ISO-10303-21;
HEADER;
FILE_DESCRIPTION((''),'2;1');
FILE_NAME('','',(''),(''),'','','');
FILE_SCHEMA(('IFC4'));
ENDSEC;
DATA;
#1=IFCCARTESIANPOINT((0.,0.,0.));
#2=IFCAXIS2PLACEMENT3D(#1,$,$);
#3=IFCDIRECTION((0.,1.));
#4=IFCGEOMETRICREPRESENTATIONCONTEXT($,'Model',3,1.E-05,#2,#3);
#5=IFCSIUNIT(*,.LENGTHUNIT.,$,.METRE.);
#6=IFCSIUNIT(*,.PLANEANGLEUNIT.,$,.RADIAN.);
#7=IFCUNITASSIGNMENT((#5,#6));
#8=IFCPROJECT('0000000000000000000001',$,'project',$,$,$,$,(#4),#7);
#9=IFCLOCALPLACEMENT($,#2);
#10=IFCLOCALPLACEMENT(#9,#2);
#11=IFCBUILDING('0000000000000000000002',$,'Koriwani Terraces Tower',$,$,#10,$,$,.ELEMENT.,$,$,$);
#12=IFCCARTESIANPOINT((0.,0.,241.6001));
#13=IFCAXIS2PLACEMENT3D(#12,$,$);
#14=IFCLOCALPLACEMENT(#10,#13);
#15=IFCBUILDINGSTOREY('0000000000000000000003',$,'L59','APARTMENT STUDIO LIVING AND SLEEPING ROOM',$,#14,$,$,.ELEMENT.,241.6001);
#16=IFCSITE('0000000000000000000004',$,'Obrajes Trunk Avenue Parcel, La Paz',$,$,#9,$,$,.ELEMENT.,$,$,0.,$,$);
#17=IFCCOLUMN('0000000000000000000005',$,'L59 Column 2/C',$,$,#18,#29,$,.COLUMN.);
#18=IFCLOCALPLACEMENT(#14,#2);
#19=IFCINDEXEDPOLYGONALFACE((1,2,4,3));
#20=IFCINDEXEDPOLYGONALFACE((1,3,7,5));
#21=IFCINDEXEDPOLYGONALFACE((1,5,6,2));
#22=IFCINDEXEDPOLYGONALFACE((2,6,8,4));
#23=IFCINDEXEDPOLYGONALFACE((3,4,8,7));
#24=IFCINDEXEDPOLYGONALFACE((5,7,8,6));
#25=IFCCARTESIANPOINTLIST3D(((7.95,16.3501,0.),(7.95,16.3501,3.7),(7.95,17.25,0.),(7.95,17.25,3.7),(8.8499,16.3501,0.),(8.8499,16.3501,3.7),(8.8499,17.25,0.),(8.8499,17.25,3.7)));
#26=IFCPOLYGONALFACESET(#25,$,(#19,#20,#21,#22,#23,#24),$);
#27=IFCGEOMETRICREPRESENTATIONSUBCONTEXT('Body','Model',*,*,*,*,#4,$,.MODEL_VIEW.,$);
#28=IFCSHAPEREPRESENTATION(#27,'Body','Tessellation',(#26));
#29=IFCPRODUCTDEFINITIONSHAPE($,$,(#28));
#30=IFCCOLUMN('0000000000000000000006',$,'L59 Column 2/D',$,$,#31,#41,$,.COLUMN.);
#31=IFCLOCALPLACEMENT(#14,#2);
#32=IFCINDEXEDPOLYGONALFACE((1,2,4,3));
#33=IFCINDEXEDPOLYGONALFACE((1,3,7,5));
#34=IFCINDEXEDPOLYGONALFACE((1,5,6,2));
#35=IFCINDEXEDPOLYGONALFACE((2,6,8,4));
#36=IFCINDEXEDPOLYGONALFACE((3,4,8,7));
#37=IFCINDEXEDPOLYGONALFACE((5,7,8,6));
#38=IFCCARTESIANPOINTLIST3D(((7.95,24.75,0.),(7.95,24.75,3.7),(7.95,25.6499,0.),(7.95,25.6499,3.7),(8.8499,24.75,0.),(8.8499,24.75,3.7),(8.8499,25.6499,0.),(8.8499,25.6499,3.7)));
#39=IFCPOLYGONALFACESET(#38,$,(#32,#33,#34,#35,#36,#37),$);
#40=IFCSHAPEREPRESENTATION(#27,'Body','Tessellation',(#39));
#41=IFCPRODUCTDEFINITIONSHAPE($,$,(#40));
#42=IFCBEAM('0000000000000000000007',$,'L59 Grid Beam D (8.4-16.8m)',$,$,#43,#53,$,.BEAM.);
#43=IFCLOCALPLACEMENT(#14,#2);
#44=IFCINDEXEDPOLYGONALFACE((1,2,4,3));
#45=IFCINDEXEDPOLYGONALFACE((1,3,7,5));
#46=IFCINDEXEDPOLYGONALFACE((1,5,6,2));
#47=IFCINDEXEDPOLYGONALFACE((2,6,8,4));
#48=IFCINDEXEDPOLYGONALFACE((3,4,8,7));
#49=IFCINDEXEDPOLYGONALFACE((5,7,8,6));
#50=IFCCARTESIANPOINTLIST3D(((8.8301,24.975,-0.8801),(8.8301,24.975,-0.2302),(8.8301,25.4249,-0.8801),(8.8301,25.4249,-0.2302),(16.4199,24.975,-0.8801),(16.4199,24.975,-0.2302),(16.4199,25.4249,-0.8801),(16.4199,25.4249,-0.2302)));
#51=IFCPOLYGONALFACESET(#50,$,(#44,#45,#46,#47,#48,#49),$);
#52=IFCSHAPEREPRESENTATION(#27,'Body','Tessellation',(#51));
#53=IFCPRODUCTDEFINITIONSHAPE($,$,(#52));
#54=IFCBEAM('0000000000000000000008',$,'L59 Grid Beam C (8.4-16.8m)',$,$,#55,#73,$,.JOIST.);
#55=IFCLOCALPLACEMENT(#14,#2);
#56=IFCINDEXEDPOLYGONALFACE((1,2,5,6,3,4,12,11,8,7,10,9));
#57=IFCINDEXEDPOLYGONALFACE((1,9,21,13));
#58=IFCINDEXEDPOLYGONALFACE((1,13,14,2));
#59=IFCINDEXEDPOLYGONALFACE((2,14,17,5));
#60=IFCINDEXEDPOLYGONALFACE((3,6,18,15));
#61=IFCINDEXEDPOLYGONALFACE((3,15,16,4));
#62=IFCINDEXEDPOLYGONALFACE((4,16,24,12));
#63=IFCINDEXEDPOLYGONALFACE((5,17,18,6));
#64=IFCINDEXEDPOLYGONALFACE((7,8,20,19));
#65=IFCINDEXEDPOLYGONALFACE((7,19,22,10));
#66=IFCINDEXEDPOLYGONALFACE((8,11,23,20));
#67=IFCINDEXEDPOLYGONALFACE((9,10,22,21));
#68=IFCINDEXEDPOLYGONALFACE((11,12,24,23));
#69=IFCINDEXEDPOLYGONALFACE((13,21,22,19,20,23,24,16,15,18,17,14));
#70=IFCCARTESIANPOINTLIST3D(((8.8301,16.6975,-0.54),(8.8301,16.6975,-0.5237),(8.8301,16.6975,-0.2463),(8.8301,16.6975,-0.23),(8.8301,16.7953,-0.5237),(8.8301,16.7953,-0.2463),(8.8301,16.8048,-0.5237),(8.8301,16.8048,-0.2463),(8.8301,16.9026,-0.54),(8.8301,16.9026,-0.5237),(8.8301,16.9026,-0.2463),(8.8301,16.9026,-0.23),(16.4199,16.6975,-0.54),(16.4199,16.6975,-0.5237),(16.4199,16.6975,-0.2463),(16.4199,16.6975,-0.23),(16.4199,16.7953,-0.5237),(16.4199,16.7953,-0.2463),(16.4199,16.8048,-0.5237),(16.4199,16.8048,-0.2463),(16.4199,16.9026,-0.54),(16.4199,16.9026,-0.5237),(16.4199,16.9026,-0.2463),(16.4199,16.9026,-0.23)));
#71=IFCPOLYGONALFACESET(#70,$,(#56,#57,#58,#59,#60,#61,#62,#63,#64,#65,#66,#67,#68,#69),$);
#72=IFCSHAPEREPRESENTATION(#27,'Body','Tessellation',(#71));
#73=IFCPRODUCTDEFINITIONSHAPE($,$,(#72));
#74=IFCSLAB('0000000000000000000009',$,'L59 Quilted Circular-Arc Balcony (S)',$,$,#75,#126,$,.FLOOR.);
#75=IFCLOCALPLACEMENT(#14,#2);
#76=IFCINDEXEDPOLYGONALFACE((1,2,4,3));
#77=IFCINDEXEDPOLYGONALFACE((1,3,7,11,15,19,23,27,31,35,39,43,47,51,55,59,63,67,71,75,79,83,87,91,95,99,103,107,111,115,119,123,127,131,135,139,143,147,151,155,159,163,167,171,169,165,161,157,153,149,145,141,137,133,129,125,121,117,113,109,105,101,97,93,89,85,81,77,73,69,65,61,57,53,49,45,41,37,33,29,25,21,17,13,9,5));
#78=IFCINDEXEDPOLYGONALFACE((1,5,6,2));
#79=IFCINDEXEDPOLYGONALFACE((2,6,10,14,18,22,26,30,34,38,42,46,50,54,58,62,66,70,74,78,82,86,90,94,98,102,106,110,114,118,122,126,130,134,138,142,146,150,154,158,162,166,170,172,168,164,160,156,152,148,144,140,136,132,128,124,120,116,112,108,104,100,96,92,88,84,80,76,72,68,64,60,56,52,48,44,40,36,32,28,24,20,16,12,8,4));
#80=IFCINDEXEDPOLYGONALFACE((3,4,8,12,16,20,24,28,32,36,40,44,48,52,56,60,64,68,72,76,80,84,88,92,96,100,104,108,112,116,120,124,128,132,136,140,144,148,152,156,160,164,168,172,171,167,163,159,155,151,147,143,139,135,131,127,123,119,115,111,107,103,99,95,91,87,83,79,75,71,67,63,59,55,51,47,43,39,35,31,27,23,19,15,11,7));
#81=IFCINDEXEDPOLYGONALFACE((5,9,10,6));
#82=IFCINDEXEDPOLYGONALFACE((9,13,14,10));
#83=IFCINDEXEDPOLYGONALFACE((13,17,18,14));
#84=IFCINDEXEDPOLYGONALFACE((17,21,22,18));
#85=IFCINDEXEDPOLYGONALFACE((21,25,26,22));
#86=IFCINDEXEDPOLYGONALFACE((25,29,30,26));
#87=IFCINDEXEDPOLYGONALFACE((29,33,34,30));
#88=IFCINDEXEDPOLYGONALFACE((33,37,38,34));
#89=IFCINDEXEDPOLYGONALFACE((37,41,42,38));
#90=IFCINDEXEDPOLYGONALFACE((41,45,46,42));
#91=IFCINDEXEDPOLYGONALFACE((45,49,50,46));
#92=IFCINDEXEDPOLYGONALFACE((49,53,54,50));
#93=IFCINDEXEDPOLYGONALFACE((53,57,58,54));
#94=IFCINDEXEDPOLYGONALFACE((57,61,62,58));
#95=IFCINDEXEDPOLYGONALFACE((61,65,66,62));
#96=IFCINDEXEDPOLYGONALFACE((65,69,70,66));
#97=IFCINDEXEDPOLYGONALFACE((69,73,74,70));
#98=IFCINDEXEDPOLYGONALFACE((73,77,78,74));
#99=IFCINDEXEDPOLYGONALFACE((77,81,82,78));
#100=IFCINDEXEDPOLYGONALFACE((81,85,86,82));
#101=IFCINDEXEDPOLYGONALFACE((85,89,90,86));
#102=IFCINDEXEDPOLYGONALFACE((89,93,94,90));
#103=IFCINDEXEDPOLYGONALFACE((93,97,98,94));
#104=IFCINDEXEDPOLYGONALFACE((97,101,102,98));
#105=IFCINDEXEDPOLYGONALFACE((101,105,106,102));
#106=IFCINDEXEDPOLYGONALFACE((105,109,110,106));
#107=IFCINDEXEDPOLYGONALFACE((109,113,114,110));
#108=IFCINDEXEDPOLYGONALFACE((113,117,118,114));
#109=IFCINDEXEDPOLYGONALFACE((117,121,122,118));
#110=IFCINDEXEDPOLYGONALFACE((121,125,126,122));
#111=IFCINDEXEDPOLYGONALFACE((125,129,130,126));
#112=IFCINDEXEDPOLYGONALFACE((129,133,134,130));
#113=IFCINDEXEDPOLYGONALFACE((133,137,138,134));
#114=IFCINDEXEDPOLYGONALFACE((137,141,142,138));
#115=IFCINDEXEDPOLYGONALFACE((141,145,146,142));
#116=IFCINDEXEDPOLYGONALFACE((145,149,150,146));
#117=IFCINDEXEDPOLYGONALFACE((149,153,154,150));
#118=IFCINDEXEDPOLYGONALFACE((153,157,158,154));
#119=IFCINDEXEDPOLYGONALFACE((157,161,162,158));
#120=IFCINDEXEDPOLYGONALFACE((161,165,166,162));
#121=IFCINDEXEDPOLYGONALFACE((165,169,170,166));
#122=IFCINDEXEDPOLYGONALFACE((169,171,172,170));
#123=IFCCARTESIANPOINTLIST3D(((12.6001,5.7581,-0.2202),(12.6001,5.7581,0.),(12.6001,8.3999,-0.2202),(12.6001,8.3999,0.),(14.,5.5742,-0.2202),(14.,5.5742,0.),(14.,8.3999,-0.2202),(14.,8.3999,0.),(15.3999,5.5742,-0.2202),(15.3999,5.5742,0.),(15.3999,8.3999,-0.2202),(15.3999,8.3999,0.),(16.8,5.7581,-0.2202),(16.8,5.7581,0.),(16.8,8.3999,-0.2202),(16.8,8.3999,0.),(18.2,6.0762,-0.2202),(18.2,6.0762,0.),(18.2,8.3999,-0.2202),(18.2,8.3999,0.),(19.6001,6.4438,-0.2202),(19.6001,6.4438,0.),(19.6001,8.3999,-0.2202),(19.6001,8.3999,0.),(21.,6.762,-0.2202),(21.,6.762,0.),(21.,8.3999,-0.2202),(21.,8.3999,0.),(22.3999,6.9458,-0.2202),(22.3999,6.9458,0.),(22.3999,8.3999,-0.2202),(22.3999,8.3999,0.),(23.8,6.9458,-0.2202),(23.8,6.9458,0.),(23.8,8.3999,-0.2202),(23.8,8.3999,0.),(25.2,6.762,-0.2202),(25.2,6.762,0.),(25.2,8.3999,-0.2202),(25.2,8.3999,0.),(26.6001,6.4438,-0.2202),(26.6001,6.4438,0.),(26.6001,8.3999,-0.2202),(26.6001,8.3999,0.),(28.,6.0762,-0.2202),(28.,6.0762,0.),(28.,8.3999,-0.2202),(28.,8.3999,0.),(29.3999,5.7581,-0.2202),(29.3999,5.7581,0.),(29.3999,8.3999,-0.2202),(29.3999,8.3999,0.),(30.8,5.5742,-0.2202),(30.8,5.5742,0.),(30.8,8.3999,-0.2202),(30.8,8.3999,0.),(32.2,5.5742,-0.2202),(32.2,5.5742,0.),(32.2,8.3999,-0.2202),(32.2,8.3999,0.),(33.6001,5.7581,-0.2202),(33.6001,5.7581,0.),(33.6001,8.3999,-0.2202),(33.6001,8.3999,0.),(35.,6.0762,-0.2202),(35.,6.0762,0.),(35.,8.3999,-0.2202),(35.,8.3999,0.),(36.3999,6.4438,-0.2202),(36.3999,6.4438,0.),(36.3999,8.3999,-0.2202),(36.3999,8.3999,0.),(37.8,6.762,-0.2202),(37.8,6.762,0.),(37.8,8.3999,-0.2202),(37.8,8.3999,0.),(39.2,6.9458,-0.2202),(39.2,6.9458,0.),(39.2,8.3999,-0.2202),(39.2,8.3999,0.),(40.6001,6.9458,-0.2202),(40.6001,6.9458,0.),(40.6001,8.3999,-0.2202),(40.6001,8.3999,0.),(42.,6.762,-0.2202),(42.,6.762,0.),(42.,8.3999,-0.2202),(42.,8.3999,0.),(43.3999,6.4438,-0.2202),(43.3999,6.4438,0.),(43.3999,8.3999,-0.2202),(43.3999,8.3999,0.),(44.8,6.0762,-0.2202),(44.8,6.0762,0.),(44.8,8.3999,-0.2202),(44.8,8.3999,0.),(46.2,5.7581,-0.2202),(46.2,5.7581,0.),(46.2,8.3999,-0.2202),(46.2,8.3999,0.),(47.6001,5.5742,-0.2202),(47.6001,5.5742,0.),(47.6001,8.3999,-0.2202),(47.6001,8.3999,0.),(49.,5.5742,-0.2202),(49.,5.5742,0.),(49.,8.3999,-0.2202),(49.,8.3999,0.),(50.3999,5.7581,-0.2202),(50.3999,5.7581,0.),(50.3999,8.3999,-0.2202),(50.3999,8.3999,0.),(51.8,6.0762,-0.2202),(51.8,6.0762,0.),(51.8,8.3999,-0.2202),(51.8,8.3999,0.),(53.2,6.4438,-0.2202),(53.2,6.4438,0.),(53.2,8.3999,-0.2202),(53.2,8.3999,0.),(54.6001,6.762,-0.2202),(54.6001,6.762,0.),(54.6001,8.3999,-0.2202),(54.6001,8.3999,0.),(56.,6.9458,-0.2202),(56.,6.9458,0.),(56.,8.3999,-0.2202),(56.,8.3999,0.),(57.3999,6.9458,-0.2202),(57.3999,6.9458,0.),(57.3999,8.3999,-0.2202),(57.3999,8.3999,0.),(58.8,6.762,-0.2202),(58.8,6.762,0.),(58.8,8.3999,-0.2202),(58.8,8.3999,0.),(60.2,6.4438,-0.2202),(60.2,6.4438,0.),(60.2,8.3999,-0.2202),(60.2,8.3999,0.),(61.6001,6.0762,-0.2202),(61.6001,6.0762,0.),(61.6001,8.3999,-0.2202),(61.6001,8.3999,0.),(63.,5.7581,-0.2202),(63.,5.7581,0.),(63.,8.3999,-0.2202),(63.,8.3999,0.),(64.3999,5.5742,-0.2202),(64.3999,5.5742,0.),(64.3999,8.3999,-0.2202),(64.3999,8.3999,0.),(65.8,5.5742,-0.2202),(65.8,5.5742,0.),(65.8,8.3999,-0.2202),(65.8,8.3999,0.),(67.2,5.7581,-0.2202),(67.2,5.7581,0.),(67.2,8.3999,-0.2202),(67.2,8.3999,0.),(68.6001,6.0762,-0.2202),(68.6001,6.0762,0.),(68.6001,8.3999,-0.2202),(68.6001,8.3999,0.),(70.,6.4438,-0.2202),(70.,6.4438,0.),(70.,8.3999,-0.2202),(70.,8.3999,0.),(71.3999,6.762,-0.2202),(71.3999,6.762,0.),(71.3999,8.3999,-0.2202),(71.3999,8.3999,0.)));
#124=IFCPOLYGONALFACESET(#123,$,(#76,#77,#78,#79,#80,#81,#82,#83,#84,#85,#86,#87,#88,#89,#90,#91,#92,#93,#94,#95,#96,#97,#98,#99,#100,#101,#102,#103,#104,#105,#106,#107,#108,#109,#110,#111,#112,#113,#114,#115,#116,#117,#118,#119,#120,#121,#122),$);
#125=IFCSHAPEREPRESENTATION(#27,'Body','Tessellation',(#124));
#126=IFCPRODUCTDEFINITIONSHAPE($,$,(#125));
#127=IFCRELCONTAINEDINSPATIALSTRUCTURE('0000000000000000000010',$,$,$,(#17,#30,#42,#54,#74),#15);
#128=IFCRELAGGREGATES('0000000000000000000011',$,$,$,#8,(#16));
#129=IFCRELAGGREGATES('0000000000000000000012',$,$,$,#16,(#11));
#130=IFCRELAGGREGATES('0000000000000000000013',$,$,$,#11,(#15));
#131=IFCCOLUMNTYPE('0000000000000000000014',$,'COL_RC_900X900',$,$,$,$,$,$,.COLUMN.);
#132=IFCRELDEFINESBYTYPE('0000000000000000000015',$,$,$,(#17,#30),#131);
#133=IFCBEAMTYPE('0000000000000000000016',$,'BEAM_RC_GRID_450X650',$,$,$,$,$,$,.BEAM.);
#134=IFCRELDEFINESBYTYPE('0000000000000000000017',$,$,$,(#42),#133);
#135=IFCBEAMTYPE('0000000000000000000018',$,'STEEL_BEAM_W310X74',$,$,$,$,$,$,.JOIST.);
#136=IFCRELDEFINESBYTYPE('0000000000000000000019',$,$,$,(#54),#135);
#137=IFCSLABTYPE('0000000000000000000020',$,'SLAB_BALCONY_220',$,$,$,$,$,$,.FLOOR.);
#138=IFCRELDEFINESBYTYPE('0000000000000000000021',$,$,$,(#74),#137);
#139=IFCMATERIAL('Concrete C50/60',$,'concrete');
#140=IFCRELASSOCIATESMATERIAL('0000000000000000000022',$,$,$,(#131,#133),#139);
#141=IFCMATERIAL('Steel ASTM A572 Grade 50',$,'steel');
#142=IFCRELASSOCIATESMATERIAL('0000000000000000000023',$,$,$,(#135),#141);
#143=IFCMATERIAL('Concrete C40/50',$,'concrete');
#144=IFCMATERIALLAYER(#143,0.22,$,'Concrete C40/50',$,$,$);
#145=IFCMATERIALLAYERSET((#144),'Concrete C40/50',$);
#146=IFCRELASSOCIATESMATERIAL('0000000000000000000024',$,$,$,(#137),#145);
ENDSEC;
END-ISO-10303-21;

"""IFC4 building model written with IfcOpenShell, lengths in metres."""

from ifc_helpers import new_model, si_unit, direction, frame, origin, origin_2d, place, context, subcontext, project, spatial, polyline, rectangle, i_section, outline, extrude, material, layer, layer_set, material_profile, profile_set, type_object, element, save


model = new_model("IFC4")

# Units and contexts
model_context = context("Model", 3, precision=1e-05, world=origin(), true_north=direction((0.0, 1.0)))
body_context = subcontext(model_context, "Body", "Model", "MODEL_VIEW")
ifc_project = project(units=[si_unit("LENGTHUNIT", "METRE"), si_unit("PLANEANGLEUNIT", "RADIAN")], contexts=[model_context])

# Site, building, storey
site_placement = place(None, origin())
site = spatial("IfcSite", under=ifc_project, at=site_placement, Name="Obrajes Trunk Avenue Parcel, La Paz", CompositionType="ELEMENT", RefElevation=0.0)
building_placement = place(site_placement, origin())
building = spatial("IfcBuilding", under=site, at=building_placement, Name="Koriwani Terraces Tower", CompositionType="ELEMENT")
storey_placement = place(building_placement, frame((0.0, 0.0, 241.6001)))
storey = spatial("IfcBuildingStorey", under=building, at=storey_placement, Name="L59", Description="APARTMENT STUDIO LIVING AND SLEEPING ROOM", CompositionType="ELEMENT", Elevation=241.6001)

# Columns
ifc_material_1 = material(Name="Concrete C50/60", Category="concrete")
ifc_material_profile_1 = material_profile(ifc_material_1, rectangle(XDim=0.8999, YDim=0.8999, at=origin_2d()), Name="Concrete C50/60", Category="LoadBearing")
ifc_profile_set_1 = profile_set([ifc_material_profile_1], Name="Concrete C50/60")
column_type = type_object("IfcColumnType", Name="COL_RC_900X900", PredefinedType="COLUMN", material=ifc_profile_set_1)
for number, where, z_axis, x_axis, name in (
    (1, (8.3999, 16.8, 0.0), (0.0, 0.0, 1.0), (1.0, 0.0, 0.0), "L59 Column 2/C"),
    (2, (8.3999, 25.2, 0.0), (0.0, 0.0, 1.0), (1.0, 0.0, 0.0), "L59 Column 2/D"),
):
    element("IfcColumn", number, at=place(storey_placement, frame(where, z_axis=z_axis, x_axis=x_axis)), inside=storey, type_object=column_type, Name=name, PredefinedType="COLUMN", context=body_context, shape_type="SweptSolid", body=[
        extrude(rectangle(XDim=0.8999, YDim=0.8999, at=origin_2d()), origin(), (0.0, 0.0, 1.0), 3.7),
    ])

# Beams
ifc_material_profile_2 = material_profile(ifc_material_1, rectangle(XDim=0.45, YDim=0.6499, at=origin_2d()), Name="Concrete C50/60", Category="LoadBearing")
ifc_profile_set_2 = profile_set([ifc_material_profile_2], Name="Concrete C50/60")
beam_type_1 = type_object("IfcBeamType", Name="BEAM_RC_GRID_450X650", PredefinedType="BEAM", material=ifc_profile_set_2)
beam_1_placement = place(storey_placement, frame((8.8301, 25.2, -0.5552), z_axis=(1.0, 0.0, 0.0), x_axis=(0.0, 1.0, 0.0)))
element("IfcBeam", 3, at=beam_1_placement, inside=storey, type_object=beam_type_1, Name="L59 Grid Beam D (8.4-16.8m)", PredefinedType="BEAM", context=body_context, shape_type="SweptSolid", body=[
    extrude(rectangle(XDim=0.45, YDim=0.6499, at=origin_2d()), origin(), (0.0, 0.0, 1.0), 7.5898),
])
ifc_material_2 = material(Name="Steel ASTM A572 Grade 50", Category="steel")
ifc_material_profile_3 = material_profile(ifc_material_2, i_section(OverallWidth=0.2051, OverallDepth=0.3101, WebThickness=0.0095, FlangeThickness=0.0164, at=origin_2d()), Name="Steel ASTM A572 Grade 50", Category="LoadBearing")
ifc_profile_set_3 = profile_set([ifc_material_profile_3], Name="Steel ASTM A572 Grade 50")
beam_type_2 = type_object("IfcBeamType", Name="STEEL_BEAM_W310X74", PredefinedType="JOIST", material=ifc_profile_set_3)
beam_2_placement = place(storey_placement, frame((8.8301, 16.8, -0.385), z_axis=(1.0, 0.0, 0.0), x_axis=(0.0, 1.0, 0.0)))
element("IfcBeam", 4, at=beam_2_placement, inside=storey, type_object=beam_type_2, Name="L59 Grid Beam C (8.4-16.8m)", PredefinedType="JOIST", context=body_context, shape_type="SweptSolid", body=[
    extrude(i_section(OverallWidth=0.2051, OverallDepth=0.3101, WebThickness=0.0095, FlangeThickness=0.0164, at=origin_2d()), origin(), (0.0, 0.0, 1.0), 7.5898),
])

# Slab
ifc_material_3 = material(Name="Concrete C40/50", Category="concrete")
ifc_layer_1 = layer(ifc_material_3, 0.22, Name="Concrete C40/50")
ifc_layer_set_1 = layer_set([ifc_layer_1], Name="Concrete C40/50")
slab_type_1 = type_object("IfcSlabType", Name="SLAB_BALCONY_220", PredefinedType="FLOOR", material=ifc_layer_set_1)
slab_1_placement = place(storey_placement, frame((0.0, 0.0, -0.2202)))
element("IfcSlab", 5, at=slab_1_placement, inside=storey, type_object=slab_type_1, Name="L59 Quilted Circular-Arc Balcony (S)", PredefinedType="FLOOR", context=body_context, shape_type="SweptSolid", body=[
    extrude(outline(polyline([(12.6001, 8.3999), (14.0, 8.3999), (15.3999, 8.3999), (16.8, 8.3999), (18.2, 8.3999), (19.6001, 8.3999), (21.0, 8.3999), (22.3999, 8.3999), (23.8, 8.3999), (25.2, 8.3999), (26.6001, 8.3999), (28.0, 8.3999), (29.3999, 8.3999), (30.8, 8.3999), (32.2, 8.3999), (33.6001, 8.3999), (35.0, 8.3999), (36.3999, 8.3999), (37.8, 8.3999), (39.2, 8.3999), (40.6001, 8.3999), (42.0, 8.3999), (43.3999, 8.3999), (44.8, 8.3999), (46.2, 8.3999), (47.6001, 8.3999), (49.0, 8.3999), (50.3999, 8.3999), (51.8, 8.3999), (53.2, 8.3999), (54.6001, 8.3999), (56.0, 8.3999), (57.3999, 8.3999), (58.8, 8.3999), (60.2, 8.3999), (61.6001, 8.3999), (63.0, 8.3999), (64.3999, 8.3999), (65.8, 8.3999), (67.2, 8.3999), (68.6001, 8.3999), (70.0, 8.3999), (71.3999, 8.3999), (71.3999, 6.762), (70.0, 6.4438), (68.6001, 6.0762), (67.2, 5.7581), (65.8, 5.5742), (64.3999, 5.5742), (63.0, 5.7581), (61.6001, 6.0762), (60.2, 6.4438), (58.8, 6.762), (57.3999, 6.9458), (56.0, 6.9458), (54.6001, 6.762), (53.2, 6.4438), (51.8, 6.0762), (50.3999, 5.7581), (49.0, 5.5742), (47.6001, 5.5742), (46.2, 5.7581), (44.8, 6.0762), (43.3999, 6.4438), (42.0, 6.762), (40.6001, 6.9458), (39.2, 6.9458), (37.8, 6.762), (36.3999, 6.4438), (35.0, 6.0762), (33.6001, 5.7581), (32.2, 5.5742), (30.8, 5.5742), (29.3999, 5.7581), (28.0, 6.0762), (26.6001, 6.4438), (25.2, 6.762), (23.8, 6.9458), (22.3999, 6.9458), (21.0, 6.762), (19.6001, 6.4438), (18.2, 6.0762), (16.8, 5.7581), (15.3999, 5.5742), (14.0, 5.5742), (12.6001, 5.7581), (12.6001, 8.3999)])), origin(), (0.0, 0.0, 1.0), 0.2202),
])

save(model, "model.ifc")
